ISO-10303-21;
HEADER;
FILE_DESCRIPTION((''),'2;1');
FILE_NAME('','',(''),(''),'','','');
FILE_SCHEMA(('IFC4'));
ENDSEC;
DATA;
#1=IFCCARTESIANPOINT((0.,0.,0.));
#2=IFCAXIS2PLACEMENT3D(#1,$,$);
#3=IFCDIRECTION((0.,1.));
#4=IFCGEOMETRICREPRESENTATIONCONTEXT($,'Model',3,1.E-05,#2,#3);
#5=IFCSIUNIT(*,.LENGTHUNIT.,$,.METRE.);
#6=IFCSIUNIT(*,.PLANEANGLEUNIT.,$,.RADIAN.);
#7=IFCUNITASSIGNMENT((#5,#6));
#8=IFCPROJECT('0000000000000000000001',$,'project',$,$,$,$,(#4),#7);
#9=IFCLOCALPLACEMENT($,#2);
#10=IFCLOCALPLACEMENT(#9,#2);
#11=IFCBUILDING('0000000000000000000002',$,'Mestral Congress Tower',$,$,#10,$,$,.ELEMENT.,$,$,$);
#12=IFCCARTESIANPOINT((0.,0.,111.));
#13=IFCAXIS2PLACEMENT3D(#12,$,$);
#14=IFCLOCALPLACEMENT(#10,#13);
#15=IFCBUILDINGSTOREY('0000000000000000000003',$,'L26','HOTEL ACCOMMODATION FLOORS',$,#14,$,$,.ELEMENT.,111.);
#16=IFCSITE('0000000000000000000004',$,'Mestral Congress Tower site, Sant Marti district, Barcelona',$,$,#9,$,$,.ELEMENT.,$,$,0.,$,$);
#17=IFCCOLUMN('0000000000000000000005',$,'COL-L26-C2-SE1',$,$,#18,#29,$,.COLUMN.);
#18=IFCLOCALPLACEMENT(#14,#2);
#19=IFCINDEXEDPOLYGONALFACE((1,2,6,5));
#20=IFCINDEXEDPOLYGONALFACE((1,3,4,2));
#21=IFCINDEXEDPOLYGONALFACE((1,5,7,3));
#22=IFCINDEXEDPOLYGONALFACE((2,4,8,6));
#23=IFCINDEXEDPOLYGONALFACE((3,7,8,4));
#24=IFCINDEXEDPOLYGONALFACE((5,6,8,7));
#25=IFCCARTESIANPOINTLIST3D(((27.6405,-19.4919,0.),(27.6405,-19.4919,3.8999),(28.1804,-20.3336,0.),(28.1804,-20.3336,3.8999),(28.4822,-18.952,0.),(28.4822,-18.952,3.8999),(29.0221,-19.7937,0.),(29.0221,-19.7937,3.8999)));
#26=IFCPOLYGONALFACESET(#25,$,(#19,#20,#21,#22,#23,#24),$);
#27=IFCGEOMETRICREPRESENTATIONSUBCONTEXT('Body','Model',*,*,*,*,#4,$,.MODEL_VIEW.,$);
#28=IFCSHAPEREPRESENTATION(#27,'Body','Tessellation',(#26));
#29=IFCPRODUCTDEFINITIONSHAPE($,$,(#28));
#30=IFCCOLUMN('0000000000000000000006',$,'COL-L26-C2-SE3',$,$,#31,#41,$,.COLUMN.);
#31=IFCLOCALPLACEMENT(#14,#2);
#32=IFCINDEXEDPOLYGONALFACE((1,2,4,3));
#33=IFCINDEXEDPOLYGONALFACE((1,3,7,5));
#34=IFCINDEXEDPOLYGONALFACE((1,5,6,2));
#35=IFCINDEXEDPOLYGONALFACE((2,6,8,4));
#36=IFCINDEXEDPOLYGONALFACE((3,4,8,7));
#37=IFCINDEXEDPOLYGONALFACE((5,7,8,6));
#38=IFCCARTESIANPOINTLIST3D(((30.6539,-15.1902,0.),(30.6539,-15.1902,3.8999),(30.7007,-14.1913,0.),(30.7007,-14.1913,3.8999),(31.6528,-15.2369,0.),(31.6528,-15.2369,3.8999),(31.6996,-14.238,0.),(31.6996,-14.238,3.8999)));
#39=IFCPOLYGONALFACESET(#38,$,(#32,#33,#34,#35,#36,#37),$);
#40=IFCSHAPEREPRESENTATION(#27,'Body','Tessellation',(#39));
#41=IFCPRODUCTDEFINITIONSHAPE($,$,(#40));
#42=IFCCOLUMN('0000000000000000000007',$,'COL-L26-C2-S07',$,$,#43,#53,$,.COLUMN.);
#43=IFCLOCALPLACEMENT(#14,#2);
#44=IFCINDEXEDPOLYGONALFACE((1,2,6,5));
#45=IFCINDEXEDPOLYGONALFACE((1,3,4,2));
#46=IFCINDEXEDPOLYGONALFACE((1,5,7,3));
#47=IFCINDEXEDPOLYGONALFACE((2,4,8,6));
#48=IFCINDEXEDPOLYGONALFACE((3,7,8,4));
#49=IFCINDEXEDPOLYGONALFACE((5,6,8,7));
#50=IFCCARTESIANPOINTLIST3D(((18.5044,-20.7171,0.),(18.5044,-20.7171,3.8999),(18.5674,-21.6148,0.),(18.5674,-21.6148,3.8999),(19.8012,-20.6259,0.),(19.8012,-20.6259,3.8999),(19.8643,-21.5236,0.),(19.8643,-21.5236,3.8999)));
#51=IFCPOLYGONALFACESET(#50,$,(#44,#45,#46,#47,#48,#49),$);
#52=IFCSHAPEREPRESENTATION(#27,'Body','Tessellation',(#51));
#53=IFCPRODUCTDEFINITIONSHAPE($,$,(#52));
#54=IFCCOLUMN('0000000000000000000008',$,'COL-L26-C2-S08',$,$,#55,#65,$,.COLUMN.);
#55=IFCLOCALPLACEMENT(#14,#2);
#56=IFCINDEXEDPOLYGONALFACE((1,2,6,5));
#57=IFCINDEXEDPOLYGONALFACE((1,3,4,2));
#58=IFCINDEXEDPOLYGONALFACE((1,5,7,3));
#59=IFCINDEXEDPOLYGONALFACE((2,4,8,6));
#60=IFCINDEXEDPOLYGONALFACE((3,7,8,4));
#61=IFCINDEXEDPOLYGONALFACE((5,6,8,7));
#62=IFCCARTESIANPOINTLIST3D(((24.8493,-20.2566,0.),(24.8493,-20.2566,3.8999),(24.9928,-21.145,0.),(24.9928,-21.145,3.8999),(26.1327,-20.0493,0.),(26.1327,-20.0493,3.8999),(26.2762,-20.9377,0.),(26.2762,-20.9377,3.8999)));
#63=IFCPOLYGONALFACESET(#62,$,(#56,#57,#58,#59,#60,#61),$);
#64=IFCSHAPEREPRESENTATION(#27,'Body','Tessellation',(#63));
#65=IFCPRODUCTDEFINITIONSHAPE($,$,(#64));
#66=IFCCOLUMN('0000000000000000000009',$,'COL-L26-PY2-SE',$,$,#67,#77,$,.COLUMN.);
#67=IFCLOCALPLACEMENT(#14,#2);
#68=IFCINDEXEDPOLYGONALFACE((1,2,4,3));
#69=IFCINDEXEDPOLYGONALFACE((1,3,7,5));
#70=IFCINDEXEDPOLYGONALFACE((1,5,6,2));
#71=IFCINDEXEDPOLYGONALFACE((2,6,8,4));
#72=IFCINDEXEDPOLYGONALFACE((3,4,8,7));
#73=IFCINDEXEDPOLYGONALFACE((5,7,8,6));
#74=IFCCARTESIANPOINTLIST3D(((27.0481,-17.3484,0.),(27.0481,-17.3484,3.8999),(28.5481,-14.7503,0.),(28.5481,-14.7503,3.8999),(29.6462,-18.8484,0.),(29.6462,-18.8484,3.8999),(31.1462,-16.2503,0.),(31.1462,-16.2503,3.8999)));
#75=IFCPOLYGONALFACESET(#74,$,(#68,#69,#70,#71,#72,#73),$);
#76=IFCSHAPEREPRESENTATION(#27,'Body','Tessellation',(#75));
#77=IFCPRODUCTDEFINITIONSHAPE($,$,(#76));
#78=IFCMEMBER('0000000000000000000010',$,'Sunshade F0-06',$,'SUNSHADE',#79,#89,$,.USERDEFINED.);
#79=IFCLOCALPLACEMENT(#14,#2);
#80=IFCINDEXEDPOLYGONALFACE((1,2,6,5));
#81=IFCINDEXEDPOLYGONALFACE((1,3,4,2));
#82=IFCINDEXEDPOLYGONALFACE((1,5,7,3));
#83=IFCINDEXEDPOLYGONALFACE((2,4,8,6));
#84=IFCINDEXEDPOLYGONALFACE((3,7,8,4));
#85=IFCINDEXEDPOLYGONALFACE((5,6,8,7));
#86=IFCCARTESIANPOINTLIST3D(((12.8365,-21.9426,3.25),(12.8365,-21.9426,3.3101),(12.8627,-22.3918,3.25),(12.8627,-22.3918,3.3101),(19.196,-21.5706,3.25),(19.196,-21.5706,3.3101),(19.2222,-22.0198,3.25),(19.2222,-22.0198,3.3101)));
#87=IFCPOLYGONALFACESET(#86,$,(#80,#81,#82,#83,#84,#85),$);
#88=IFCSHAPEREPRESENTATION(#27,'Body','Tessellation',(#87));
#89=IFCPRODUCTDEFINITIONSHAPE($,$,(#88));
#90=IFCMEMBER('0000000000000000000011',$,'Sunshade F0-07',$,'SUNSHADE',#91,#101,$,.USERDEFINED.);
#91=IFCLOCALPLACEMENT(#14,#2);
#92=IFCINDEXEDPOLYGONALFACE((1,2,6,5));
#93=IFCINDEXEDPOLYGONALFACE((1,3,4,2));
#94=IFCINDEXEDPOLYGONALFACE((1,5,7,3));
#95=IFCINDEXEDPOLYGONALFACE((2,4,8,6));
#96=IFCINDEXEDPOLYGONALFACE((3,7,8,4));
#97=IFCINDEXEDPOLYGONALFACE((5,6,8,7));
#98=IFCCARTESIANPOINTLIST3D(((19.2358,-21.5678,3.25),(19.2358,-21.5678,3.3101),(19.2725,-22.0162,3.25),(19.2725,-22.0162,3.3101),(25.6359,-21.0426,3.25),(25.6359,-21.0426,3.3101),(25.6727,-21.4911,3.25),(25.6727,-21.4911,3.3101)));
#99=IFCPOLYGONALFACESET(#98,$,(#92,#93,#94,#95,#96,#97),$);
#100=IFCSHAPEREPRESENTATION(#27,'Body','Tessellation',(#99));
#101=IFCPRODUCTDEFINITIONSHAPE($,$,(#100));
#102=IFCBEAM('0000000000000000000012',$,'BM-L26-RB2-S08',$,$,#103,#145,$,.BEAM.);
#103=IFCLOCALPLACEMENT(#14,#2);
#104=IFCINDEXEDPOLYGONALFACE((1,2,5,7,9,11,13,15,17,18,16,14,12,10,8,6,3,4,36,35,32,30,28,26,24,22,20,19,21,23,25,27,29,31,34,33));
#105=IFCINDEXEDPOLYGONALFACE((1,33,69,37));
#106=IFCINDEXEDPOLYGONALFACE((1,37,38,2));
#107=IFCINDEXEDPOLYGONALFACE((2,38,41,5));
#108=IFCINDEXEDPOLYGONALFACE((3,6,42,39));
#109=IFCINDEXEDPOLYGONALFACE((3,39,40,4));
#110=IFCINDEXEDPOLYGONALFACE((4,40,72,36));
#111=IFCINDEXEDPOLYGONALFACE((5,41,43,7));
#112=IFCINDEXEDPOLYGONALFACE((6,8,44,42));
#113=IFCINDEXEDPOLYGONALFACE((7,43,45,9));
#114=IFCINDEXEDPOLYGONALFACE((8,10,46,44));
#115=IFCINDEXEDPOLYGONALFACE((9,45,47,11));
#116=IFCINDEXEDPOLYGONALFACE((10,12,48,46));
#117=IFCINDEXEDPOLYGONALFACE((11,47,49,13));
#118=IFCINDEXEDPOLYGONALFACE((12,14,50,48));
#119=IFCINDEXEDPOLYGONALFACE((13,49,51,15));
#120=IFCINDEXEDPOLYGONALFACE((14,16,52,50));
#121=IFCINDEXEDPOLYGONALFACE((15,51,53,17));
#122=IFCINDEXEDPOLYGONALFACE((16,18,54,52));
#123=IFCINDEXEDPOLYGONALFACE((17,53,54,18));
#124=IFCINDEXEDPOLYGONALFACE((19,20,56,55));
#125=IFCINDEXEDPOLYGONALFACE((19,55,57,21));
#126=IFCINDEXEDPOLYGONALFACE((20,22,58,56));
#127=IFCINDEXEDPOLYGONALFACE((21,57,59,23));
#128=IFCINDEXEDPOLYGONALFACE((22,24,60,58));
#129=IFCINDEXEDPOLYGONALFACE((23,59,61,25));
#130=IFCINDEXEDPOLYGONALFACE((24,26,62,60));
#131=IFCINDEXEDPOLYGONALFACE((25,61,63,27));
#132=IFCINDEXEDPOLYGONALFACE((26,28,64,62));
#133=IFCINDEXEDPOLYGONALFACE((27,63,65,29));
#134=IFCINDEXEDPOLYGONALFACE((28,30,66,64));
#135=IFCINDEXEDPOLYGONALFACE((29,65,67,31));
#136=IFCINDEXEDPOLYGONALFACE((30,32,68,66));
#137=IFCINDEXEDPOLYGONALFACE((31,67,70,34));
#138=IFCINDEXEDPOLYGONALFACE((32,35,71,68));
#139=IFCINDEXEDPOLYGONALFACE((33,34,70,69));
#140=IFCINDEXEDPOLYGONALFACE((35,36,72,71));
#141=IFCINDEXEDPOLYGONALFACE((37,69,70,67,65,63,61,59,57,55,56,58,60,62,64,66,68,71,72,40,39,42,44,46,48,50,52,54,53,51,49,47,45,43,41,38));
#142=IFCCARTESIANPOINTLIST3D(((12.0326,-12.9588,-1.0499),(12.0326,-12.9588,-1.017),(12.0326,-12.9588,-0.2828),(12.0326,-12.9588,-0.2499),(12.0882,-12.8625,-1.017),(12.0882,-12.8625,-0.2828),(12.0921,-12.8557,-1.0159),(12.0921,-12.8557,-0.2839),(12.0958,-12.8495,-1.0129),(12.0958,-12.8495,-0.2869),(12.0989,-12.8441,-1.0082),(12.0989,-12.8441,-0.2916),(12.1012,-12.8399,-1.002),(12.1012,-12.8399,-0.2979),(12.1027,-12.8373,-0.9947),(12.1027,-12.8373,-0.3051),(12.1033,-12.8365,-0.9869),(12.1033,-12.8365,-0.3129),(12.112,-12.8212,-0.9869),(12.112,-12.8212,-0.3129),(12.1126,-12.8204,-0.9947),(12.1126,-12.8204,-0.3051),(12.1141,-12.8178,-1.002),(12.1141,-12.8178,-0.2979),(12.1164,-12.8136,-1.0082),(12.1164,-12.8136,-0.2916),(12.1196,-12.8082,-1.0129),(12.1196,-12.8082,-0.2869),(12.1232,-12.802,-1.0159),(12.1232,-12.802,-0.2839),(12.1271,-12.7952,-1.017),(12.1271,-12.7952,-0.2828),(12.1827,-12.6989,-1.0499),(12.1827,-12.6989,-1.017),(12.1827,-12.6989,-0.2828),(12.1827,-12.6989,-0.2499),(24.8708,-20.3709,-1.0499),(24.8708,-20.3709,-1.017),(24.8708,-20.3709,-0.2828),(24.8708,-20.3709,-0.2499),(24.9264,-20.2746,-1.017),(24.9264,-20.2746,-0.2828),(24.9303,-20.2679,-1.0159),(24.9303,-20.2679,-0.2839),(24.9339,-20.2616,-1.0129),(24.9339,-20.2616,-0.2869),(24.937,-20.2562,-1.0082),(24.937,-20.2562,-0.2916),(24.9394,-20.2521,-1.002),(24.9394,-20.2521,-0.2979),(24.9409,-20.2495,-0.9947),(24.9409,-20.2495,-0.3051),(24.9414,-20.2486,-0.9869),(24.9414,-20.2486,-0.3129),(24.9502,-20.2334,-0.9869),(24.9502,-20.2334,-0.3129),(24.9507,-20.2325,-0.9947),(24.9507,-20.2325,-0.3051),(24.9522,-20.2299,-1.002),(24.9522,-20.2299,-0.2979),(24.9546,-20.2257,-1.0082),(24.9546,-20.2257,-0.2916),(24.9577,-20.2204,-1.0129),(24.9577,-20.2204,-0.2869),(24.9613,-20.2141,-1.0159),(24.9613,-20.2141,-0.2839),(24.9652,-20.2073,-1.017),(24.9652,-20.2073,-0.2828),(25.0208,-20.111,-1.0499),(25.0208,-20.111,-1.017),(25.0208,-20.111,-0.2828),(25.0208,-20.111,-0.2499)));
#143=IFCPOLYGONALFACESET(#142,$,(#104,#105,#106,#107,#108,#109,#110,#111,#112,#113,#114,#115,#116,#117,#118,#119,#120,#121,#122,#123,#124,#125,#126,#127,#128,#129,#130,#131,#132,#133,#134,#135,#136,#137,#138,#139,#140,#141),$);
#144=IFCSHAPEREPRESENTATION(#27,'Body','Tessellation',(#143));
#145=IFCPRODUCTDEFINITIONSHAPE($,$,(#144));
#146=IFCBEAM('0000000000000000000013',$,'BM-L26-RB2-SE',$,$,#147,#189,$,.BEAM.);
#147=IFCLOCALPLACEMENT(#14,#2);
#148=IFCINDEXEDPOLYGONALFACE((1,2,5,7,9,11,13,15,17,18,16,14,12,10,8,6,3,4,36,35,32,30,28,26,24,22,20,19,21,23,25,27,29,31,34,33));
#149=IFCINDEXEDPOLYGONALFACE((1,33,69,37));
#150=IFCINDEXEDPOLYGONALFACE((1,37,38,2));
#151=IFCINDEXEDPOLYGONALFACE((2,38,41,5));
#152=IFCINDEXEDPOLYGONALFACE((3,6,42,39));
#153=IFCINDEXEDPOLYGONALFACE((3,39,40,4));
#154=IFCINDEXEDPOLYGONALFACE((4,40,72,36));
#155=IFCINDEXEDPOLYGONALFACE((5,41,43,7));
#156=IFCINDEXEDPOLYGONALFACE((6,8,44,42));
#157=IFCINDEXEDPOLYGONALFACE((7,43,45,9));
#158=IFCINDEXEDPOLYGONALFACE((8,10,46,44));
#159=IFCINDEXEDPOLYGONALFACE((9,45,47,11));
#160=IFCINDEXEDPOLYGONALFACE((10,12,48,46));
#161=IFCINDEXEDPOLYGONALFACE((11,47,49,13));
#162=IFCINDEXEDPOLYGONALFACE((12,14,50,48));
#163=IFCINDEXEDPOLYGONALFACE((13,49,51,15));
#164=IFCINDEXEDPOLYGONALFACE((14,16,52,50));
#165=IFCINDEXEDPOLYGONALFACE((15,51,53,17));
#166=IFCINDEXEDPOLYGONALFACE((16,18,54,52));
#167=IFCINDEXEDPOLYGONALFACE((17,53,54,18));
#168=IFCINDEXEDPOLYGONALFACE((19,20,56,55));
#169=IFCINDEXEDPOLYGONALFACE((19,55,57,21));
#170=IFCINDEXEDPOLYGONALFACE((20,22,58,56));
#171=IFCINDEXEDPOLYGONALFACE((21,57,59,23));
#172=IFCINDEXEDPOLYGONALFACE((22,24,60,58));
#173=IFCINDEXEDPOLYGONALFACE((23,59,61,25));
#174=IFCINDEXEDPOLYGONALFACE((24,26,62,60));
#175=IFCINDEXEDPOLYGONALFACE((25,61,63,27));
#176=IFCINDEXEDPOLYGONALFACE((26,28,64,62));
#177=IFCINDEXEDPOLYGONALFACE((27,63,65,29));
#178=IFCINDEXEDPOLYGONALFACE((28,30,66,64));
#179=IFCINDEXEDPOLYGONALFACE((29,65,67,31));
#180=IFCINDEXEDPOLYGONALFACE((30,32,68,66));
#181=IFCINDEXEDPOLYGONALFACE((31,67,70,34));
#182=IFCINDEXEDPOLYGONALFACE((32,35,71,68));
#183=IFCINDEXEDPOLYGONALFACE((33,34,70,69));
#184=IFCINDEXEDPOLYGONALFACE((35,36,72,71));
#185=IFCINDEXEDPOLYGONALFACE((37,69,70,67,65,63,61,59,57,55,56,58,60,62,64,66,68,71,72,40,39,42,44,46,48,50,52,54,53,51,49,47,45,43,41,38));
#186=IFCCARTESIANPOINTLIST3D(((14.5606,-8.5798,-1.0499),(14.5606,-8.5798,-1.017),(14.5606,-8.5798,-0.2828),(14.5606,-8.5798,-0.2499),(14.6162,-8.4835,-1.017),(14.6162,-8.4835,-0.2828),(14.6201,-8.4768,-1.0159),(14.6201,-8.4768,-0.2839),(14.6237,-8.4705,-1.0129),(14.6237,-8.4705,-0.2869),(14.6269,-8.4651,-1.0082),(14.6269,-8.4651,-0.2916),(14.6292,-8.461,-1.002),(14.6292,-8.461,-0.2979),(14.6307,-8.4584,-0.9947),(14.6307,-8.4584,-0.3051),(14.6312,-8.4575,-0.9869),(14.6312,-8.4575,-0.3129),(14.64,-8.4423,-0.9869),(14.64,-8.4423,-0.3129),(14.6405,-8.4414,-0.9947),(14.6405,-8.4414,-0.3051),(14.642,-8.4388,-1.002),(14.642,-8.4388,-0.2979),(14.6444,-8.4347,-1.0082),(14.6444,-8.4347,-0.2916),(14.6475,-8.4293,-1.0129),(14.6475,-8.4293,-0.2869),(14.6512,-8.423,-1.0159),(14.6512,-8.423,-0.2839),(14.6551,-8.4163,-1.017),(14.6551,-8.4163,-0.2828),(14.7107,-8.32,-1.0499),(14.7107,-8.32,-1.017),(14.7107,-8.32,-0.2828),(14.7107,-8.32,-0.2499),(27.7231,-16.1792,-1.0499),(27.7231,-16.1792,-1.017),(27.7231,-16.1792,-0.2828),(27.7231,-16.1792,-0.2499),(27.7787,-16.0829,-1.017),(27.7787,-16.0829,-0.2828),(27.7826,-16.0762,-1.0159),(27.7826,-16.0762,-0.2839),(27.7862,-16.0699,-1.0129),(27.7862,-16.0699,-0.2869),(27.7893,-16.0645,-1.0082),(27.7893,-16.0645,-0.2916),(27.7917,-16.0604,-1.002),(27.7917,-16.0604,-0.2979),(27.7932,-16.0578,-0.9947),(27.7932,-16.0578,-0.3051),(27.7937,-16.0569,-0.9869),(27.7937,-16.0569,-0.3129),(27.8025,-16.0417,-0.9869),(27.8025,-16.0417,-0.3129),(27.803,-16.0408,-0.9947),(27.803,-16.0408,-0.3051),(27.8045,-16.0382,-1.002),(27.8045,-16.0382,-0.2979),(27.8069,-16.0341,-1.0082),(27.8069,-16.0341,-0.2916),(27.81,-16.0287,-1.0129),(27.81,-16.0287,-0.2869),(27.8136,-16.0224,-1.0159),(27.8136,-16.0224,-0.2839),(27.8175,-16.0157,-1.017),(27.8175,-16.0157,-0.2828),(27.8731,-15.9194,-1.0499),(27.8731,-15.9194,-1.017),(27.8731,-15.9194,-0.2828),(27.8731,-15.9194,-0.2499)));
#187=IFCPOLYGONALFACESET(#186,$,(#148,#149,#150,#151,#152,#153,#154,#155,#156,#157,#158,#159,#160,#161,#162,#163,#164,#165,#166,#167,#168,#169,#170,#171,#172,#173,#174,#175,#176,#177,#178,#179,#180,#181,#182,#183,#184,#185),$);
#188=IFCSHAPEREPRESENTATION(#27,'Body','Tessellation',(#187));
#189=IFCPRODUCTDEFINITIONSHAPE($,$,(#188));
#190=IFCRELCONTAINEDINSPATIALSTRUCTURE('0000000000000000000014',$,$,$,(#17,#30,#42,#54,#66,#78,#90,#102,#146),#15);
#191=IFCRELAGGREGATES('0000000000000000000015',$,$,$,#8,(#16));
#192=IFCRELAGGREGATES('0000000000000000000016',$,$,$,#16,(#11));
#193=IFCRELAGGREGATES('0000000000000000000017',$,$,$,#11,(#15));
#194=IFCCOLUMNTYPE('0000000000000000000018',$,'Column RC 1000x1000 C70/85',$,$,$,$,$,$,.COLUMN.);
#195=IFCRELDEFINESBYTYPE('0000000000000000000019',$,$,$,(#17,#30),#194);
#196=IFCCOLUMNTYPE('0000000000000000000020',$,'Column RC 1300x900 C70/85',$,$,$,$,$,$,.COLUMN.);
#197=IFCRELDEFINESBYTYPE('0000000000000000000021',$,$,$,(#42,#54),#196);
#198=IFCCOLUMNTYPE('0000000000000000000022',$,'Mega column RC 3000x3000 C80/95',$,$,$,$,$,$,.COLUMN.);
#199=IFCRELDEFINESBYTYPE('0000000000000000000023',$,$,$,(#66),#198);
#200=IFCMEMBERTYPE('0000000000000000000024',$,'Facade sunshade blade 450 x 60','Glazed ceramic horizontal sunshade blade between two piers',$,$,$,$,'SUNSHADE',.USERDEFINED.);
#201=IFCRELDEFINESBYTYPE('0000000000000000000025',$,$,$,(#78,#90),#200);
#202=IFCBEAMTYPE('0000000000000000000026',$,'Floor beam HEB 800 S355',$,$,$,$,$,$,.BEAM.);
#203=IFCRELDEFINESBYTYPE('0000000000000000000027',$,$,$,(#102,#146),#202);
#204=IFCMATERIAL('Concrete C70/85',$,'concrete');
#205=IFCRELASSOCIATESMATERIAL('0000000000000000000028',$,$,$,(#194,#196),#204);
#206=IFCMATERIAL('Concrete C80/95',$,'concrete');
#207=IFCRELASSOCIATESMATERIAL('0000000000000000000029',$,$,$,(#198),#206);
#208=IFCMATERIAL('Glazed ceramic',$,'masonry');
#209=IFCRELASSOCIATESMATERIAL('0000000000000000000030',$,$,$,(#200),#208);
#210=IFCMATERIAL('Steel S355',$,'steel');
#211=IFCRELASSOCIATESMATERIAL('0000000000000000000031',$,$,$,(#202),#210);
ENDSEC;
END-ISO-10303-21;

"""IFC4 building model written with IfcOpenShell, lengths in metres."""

from ifc_helpers import new_model, si_unit, direction, frame, origin, origin_2d, place, context, subcontext, project, spatial, rectangle, i_section, extrude, material, material_profile, profile_set, type_object, element, save


model = new_model("IFC4")

# Units and contexts
model_context = context("Model", 3, precision=1e-05, world=origin(), true_north=direction((0.0, 1.0)))
body_context = subcontext(model_context, "Body", "Model", "MODEL_VIEW")
ifc_project = project(units=[si_unit("LENGTHUNIT", "METRE"), si_unit("PLANEANGLEUNIT", "RADIAN")], contexts=[model_context])

# Site, building, storey
site_placement = place(None, origin())
site = spatial("IfcSite", under=ifc_project, at=site_placement, Name="Mestral Congress Tower site, Sant Marti district, Barcelona", CompositionType="ELEMENT", RefElevation=0.0)
building_placement = place(site_placement, origin())
building = spatial("IfcBuilding", under=site, at=building_placement, Name="Mestral Congress Tower", CompositionType="ELEMENT")
storey_placement = place(building_placement, frame((0.0, 0.0, 111.0)))
storey = spatial("IfcBuildingStorey", under=building, at=storey_placement, Name="L26", Description="HOTEL ACCOMMODATION FLOORS", CompositionType="ELEMENT", Elevation=111.0)

# Columns
ifc_material_1 = material(Name="Concrete C70/85", Category="concrete")
ifc_material_profile_1 = material_profile(ifc_material_1, rectangle(XDim=1.0, YDim=1.0, at=origin_2d()), Name="RC 1000x1000")
ifc_profile_set_1 = profile_set([ifc_material_profile_1], Name="Concrete C70/85")
column_type_1 = type_object("IfcColumnType", Name="Column RC 1000x1000 C70/85", PredefinedType="COLUMN", material=ifc_profile_set_1)
for number, where, z_axis, x_axis, name in (
    (1, (28.3313, -19.6428, 0.0), (0.0, 0.0, 1.0), (0.8417, 0.539945, 0.0), "COL-L26-C2-SE1"),
    (2, (31.1768, -14.7141, 0.0), (0.0, 0.0, 1.0), (0.046756, 0.998906, 0.0), "COL-L26-C2-SE3"),
):
    element("IfcColumn", number, at=place(storey_placement, frame(where, z_axis=z_axis, x_axis=x_axis)), inside=storey, type_object=column_type_1, Name=name, PredefinedType="COLUMN", context=body_context, shape_type="SweptSolid", body=[
        extrude(rectangle(XDim=1.0, YDim=1.0, at=origin_2d()), origin(), (0.0, 0.0, 1.0), 3.8999),
    ])
ifc_material_profile_2 = material_profile(ifc_material_1, rectangle(XDim=1.3, YDim=0.8999, at=origin_2d()), Name="RC 1300x900")
ifc_profile_set_2 = profile_set([ifc_material_profile_2], Name="Concrete C70/85")
column_type_2 = type_object("IfcColumnType", Name="Column RC 1300x900 C70/85", PredefinedType="COLUMN", material=ifc_profile_set_2)
for number, where, z_axis, x_axis, name in (
    (3, (19.1843, -21.1204, 0.0), (0.0, 0.0, 1.0), (0.99754, 0.070101, 0.0), "COL-L26-C2-S07"),
    (4, (25.5627, -20.5972, 0.0), (0.0, 0.0, 1.0), (0.987202, 0.159473, 0.0), "COL-L26-C2-S08"),
):
    element("IfcColumn", number, at=place(storey_placement, frame(where, z_axis=z_axis, x_axis=x_axis)), inside=storey, type_object=column_type_2, Name=name, PredefinedType="COLUMN", context=body_context, shape_type="SweptSolid", body=[
        extrude(rectangle(XDim=1.3, YDim=0.8999, at=origin_2d()), origin(), (0.0, 0.0, 1.0), 3.8999),
    ])
ifc_material_2 = material(Name="Concrete C80/95", Category="concrete")
ifc_material_profile_3 = material_profile(ifc_material_2, rectangle(XDim=3.0, YDim=3.0, at=origin_2d()), Name="RC 3000x3000")
ifc_profile_set_3 = profile_set([ifc_material_profile_3], Name="Concrete C80/95")
column_type_3 = type_object("IfcColumnType", Name="Mega column RC 3000x3000 C80/95", PredefinedType="COLUMN", material=ifc_profile_set_3)
column_placement = place(storey_placement, frame((29.0972, -16.7993, 0.0), z_axis=(0.0, 0.0, 1.0), x_axis=(0.866025, -0.5, 0.0)))
element("IfcColumn", 5, at=column_placement, inside=storey, type_object=column_type_3, Name="COL-L26-PY2-SE", PredefinedType="COLUMN", context=body_context, shape_type="SweptSolid", body=[
    extrude(rectangle(XDim=3.0, YDim=3.0, at=origin_2d()), origin(), (0.0, 0.0, 1.0), 3.8999),
])

# Members
ifc_material_3 = material(Name="Glazed ceramic", Category="masonry")
ifc_material_profile_4 = material_profile(ifc_material_3, rectangle(XDim=0.45, YDim=0.0601, at=origin_2d()), Name="Ceramic blade 450 x 60")
ifc_profile_set_4 = profile_set([ifc_material_profile_4], Name="Glazed ceramic")
member_type = type_object("IfcMemberType", Name="Facade sunshade blade 450 x 60", Description="Glazed ceramic horizontal sunshade blade between two piers", ElementType="SUNSHADE", PredefinedType="USERDEFINED", material=ifc_profile_set_4)
member_1_placement = place(storey_placement, frame((12.8496, -22.1672, 3.28), z_axis=(0.998293, 0.058407, 0.0), x_axis=(-0.058407, 0.998293, 0.0)))
element("IfcMember", 6, at=member_1_placement, inside=storey, type_object=member_type, Name="Sunshade F0-06", ObjectType="SUNSHADE", PredefinedType="USERDEFINED", context=body_context, shape_type="SweptSolid", body=[
    extrude(rectangle(XDim=0.45, YDim=0.0601, at=origin_2d()), origin(), (0.0, 0.0, 1.0), 6.3704),
])
member_2_placement = place(storey_placement, frame((19.2542, -21.792, 3.28), z_axis=(0.996651, 0.081777, 0.0), x_axis=(-0.081777, 0.996651, 0.0)))
element("IfcMember", 7, at=member_2_placement, inside=storey, type_object=member_type, Name="Sunshade F0-07", ObjectType="SUNSHADE", PredefinedType="USERDEFINED", context=body_context, shape_type="SweptSolid", body=[
    extrude(rectangle(XDim=0.45, YDim=0.0601, at=origin_2d()), origin(), (0.0, 0.0, 1.0), 6.4216),
])

# Beams
ifc_material_4 = material(Name="Steel S355", Category="steel")
ifc_material_profile_5 = material_profile(ifc_material_4, i_section(OverallWidth=0.3, OverallDepth=0.8, WebThickness=0.0176, FlangeThickness=0.033, FilletRadius=0.03, at=origin_2d()), Name="HEB 800")
ifc_profile_set_5 = profile_set([ifc_material_profile_5], Name="Steel S355")
beam_type_1 = type_object("IfcBeamType", Name="Floor beam HEB 800 S355", PredefinedType="BEAM", material=ifc_profile_set_5)
beam_1_placement = place(storey_placement, frame((24.9458, -20.241, -0.6499), z_axis=(-0.866025, 0.5, 0.0), x_axis=(-0.5, -0.866025, 0.0)))
element("IfcBeam", 8, at=beam_1_placement, inside=storey, type_object=beam_type_1, Name="BM-L26-RB2-S08", PredefinedType="BEAM", context=body_context, shape_type="SweptSolid", body=[
    extrude(i_section(OverallWidth=0.3, OverallDepth=0.8, WebThickness=0.0176, FlangeThickness=0.033, FilletRadius=0.03, at=origin_2d()), origin(), (0.0, 0.0, 1.0), 14.8242),
])
beam_2_placement = place(storey_placement, frame((27.7981, -16.0493, -0.6499), z_axis=(-0.866023, 0.500004, 0.0), x_axis=(-0.500004, -0.866023, 0.0)))
element("IfcBeam", 9, at=beam_2_placement, inside=storey, type_object=beam_type_1, Name="BM-L26-RB2-SE", PredefinedType="BEAM", context=body_context, shape_type="SweptSolid", body=[
    extrude(i_section(OverallWidth=0.3, OverallDepth=0.8, WebThickness=0.0176, FlangeThickness=0.033, FilletRadius=0.03, at=origin_2d()), origin(), (0.0, 0.0, 1.0), 15.1987),
])

save(model, "model.ifc")
